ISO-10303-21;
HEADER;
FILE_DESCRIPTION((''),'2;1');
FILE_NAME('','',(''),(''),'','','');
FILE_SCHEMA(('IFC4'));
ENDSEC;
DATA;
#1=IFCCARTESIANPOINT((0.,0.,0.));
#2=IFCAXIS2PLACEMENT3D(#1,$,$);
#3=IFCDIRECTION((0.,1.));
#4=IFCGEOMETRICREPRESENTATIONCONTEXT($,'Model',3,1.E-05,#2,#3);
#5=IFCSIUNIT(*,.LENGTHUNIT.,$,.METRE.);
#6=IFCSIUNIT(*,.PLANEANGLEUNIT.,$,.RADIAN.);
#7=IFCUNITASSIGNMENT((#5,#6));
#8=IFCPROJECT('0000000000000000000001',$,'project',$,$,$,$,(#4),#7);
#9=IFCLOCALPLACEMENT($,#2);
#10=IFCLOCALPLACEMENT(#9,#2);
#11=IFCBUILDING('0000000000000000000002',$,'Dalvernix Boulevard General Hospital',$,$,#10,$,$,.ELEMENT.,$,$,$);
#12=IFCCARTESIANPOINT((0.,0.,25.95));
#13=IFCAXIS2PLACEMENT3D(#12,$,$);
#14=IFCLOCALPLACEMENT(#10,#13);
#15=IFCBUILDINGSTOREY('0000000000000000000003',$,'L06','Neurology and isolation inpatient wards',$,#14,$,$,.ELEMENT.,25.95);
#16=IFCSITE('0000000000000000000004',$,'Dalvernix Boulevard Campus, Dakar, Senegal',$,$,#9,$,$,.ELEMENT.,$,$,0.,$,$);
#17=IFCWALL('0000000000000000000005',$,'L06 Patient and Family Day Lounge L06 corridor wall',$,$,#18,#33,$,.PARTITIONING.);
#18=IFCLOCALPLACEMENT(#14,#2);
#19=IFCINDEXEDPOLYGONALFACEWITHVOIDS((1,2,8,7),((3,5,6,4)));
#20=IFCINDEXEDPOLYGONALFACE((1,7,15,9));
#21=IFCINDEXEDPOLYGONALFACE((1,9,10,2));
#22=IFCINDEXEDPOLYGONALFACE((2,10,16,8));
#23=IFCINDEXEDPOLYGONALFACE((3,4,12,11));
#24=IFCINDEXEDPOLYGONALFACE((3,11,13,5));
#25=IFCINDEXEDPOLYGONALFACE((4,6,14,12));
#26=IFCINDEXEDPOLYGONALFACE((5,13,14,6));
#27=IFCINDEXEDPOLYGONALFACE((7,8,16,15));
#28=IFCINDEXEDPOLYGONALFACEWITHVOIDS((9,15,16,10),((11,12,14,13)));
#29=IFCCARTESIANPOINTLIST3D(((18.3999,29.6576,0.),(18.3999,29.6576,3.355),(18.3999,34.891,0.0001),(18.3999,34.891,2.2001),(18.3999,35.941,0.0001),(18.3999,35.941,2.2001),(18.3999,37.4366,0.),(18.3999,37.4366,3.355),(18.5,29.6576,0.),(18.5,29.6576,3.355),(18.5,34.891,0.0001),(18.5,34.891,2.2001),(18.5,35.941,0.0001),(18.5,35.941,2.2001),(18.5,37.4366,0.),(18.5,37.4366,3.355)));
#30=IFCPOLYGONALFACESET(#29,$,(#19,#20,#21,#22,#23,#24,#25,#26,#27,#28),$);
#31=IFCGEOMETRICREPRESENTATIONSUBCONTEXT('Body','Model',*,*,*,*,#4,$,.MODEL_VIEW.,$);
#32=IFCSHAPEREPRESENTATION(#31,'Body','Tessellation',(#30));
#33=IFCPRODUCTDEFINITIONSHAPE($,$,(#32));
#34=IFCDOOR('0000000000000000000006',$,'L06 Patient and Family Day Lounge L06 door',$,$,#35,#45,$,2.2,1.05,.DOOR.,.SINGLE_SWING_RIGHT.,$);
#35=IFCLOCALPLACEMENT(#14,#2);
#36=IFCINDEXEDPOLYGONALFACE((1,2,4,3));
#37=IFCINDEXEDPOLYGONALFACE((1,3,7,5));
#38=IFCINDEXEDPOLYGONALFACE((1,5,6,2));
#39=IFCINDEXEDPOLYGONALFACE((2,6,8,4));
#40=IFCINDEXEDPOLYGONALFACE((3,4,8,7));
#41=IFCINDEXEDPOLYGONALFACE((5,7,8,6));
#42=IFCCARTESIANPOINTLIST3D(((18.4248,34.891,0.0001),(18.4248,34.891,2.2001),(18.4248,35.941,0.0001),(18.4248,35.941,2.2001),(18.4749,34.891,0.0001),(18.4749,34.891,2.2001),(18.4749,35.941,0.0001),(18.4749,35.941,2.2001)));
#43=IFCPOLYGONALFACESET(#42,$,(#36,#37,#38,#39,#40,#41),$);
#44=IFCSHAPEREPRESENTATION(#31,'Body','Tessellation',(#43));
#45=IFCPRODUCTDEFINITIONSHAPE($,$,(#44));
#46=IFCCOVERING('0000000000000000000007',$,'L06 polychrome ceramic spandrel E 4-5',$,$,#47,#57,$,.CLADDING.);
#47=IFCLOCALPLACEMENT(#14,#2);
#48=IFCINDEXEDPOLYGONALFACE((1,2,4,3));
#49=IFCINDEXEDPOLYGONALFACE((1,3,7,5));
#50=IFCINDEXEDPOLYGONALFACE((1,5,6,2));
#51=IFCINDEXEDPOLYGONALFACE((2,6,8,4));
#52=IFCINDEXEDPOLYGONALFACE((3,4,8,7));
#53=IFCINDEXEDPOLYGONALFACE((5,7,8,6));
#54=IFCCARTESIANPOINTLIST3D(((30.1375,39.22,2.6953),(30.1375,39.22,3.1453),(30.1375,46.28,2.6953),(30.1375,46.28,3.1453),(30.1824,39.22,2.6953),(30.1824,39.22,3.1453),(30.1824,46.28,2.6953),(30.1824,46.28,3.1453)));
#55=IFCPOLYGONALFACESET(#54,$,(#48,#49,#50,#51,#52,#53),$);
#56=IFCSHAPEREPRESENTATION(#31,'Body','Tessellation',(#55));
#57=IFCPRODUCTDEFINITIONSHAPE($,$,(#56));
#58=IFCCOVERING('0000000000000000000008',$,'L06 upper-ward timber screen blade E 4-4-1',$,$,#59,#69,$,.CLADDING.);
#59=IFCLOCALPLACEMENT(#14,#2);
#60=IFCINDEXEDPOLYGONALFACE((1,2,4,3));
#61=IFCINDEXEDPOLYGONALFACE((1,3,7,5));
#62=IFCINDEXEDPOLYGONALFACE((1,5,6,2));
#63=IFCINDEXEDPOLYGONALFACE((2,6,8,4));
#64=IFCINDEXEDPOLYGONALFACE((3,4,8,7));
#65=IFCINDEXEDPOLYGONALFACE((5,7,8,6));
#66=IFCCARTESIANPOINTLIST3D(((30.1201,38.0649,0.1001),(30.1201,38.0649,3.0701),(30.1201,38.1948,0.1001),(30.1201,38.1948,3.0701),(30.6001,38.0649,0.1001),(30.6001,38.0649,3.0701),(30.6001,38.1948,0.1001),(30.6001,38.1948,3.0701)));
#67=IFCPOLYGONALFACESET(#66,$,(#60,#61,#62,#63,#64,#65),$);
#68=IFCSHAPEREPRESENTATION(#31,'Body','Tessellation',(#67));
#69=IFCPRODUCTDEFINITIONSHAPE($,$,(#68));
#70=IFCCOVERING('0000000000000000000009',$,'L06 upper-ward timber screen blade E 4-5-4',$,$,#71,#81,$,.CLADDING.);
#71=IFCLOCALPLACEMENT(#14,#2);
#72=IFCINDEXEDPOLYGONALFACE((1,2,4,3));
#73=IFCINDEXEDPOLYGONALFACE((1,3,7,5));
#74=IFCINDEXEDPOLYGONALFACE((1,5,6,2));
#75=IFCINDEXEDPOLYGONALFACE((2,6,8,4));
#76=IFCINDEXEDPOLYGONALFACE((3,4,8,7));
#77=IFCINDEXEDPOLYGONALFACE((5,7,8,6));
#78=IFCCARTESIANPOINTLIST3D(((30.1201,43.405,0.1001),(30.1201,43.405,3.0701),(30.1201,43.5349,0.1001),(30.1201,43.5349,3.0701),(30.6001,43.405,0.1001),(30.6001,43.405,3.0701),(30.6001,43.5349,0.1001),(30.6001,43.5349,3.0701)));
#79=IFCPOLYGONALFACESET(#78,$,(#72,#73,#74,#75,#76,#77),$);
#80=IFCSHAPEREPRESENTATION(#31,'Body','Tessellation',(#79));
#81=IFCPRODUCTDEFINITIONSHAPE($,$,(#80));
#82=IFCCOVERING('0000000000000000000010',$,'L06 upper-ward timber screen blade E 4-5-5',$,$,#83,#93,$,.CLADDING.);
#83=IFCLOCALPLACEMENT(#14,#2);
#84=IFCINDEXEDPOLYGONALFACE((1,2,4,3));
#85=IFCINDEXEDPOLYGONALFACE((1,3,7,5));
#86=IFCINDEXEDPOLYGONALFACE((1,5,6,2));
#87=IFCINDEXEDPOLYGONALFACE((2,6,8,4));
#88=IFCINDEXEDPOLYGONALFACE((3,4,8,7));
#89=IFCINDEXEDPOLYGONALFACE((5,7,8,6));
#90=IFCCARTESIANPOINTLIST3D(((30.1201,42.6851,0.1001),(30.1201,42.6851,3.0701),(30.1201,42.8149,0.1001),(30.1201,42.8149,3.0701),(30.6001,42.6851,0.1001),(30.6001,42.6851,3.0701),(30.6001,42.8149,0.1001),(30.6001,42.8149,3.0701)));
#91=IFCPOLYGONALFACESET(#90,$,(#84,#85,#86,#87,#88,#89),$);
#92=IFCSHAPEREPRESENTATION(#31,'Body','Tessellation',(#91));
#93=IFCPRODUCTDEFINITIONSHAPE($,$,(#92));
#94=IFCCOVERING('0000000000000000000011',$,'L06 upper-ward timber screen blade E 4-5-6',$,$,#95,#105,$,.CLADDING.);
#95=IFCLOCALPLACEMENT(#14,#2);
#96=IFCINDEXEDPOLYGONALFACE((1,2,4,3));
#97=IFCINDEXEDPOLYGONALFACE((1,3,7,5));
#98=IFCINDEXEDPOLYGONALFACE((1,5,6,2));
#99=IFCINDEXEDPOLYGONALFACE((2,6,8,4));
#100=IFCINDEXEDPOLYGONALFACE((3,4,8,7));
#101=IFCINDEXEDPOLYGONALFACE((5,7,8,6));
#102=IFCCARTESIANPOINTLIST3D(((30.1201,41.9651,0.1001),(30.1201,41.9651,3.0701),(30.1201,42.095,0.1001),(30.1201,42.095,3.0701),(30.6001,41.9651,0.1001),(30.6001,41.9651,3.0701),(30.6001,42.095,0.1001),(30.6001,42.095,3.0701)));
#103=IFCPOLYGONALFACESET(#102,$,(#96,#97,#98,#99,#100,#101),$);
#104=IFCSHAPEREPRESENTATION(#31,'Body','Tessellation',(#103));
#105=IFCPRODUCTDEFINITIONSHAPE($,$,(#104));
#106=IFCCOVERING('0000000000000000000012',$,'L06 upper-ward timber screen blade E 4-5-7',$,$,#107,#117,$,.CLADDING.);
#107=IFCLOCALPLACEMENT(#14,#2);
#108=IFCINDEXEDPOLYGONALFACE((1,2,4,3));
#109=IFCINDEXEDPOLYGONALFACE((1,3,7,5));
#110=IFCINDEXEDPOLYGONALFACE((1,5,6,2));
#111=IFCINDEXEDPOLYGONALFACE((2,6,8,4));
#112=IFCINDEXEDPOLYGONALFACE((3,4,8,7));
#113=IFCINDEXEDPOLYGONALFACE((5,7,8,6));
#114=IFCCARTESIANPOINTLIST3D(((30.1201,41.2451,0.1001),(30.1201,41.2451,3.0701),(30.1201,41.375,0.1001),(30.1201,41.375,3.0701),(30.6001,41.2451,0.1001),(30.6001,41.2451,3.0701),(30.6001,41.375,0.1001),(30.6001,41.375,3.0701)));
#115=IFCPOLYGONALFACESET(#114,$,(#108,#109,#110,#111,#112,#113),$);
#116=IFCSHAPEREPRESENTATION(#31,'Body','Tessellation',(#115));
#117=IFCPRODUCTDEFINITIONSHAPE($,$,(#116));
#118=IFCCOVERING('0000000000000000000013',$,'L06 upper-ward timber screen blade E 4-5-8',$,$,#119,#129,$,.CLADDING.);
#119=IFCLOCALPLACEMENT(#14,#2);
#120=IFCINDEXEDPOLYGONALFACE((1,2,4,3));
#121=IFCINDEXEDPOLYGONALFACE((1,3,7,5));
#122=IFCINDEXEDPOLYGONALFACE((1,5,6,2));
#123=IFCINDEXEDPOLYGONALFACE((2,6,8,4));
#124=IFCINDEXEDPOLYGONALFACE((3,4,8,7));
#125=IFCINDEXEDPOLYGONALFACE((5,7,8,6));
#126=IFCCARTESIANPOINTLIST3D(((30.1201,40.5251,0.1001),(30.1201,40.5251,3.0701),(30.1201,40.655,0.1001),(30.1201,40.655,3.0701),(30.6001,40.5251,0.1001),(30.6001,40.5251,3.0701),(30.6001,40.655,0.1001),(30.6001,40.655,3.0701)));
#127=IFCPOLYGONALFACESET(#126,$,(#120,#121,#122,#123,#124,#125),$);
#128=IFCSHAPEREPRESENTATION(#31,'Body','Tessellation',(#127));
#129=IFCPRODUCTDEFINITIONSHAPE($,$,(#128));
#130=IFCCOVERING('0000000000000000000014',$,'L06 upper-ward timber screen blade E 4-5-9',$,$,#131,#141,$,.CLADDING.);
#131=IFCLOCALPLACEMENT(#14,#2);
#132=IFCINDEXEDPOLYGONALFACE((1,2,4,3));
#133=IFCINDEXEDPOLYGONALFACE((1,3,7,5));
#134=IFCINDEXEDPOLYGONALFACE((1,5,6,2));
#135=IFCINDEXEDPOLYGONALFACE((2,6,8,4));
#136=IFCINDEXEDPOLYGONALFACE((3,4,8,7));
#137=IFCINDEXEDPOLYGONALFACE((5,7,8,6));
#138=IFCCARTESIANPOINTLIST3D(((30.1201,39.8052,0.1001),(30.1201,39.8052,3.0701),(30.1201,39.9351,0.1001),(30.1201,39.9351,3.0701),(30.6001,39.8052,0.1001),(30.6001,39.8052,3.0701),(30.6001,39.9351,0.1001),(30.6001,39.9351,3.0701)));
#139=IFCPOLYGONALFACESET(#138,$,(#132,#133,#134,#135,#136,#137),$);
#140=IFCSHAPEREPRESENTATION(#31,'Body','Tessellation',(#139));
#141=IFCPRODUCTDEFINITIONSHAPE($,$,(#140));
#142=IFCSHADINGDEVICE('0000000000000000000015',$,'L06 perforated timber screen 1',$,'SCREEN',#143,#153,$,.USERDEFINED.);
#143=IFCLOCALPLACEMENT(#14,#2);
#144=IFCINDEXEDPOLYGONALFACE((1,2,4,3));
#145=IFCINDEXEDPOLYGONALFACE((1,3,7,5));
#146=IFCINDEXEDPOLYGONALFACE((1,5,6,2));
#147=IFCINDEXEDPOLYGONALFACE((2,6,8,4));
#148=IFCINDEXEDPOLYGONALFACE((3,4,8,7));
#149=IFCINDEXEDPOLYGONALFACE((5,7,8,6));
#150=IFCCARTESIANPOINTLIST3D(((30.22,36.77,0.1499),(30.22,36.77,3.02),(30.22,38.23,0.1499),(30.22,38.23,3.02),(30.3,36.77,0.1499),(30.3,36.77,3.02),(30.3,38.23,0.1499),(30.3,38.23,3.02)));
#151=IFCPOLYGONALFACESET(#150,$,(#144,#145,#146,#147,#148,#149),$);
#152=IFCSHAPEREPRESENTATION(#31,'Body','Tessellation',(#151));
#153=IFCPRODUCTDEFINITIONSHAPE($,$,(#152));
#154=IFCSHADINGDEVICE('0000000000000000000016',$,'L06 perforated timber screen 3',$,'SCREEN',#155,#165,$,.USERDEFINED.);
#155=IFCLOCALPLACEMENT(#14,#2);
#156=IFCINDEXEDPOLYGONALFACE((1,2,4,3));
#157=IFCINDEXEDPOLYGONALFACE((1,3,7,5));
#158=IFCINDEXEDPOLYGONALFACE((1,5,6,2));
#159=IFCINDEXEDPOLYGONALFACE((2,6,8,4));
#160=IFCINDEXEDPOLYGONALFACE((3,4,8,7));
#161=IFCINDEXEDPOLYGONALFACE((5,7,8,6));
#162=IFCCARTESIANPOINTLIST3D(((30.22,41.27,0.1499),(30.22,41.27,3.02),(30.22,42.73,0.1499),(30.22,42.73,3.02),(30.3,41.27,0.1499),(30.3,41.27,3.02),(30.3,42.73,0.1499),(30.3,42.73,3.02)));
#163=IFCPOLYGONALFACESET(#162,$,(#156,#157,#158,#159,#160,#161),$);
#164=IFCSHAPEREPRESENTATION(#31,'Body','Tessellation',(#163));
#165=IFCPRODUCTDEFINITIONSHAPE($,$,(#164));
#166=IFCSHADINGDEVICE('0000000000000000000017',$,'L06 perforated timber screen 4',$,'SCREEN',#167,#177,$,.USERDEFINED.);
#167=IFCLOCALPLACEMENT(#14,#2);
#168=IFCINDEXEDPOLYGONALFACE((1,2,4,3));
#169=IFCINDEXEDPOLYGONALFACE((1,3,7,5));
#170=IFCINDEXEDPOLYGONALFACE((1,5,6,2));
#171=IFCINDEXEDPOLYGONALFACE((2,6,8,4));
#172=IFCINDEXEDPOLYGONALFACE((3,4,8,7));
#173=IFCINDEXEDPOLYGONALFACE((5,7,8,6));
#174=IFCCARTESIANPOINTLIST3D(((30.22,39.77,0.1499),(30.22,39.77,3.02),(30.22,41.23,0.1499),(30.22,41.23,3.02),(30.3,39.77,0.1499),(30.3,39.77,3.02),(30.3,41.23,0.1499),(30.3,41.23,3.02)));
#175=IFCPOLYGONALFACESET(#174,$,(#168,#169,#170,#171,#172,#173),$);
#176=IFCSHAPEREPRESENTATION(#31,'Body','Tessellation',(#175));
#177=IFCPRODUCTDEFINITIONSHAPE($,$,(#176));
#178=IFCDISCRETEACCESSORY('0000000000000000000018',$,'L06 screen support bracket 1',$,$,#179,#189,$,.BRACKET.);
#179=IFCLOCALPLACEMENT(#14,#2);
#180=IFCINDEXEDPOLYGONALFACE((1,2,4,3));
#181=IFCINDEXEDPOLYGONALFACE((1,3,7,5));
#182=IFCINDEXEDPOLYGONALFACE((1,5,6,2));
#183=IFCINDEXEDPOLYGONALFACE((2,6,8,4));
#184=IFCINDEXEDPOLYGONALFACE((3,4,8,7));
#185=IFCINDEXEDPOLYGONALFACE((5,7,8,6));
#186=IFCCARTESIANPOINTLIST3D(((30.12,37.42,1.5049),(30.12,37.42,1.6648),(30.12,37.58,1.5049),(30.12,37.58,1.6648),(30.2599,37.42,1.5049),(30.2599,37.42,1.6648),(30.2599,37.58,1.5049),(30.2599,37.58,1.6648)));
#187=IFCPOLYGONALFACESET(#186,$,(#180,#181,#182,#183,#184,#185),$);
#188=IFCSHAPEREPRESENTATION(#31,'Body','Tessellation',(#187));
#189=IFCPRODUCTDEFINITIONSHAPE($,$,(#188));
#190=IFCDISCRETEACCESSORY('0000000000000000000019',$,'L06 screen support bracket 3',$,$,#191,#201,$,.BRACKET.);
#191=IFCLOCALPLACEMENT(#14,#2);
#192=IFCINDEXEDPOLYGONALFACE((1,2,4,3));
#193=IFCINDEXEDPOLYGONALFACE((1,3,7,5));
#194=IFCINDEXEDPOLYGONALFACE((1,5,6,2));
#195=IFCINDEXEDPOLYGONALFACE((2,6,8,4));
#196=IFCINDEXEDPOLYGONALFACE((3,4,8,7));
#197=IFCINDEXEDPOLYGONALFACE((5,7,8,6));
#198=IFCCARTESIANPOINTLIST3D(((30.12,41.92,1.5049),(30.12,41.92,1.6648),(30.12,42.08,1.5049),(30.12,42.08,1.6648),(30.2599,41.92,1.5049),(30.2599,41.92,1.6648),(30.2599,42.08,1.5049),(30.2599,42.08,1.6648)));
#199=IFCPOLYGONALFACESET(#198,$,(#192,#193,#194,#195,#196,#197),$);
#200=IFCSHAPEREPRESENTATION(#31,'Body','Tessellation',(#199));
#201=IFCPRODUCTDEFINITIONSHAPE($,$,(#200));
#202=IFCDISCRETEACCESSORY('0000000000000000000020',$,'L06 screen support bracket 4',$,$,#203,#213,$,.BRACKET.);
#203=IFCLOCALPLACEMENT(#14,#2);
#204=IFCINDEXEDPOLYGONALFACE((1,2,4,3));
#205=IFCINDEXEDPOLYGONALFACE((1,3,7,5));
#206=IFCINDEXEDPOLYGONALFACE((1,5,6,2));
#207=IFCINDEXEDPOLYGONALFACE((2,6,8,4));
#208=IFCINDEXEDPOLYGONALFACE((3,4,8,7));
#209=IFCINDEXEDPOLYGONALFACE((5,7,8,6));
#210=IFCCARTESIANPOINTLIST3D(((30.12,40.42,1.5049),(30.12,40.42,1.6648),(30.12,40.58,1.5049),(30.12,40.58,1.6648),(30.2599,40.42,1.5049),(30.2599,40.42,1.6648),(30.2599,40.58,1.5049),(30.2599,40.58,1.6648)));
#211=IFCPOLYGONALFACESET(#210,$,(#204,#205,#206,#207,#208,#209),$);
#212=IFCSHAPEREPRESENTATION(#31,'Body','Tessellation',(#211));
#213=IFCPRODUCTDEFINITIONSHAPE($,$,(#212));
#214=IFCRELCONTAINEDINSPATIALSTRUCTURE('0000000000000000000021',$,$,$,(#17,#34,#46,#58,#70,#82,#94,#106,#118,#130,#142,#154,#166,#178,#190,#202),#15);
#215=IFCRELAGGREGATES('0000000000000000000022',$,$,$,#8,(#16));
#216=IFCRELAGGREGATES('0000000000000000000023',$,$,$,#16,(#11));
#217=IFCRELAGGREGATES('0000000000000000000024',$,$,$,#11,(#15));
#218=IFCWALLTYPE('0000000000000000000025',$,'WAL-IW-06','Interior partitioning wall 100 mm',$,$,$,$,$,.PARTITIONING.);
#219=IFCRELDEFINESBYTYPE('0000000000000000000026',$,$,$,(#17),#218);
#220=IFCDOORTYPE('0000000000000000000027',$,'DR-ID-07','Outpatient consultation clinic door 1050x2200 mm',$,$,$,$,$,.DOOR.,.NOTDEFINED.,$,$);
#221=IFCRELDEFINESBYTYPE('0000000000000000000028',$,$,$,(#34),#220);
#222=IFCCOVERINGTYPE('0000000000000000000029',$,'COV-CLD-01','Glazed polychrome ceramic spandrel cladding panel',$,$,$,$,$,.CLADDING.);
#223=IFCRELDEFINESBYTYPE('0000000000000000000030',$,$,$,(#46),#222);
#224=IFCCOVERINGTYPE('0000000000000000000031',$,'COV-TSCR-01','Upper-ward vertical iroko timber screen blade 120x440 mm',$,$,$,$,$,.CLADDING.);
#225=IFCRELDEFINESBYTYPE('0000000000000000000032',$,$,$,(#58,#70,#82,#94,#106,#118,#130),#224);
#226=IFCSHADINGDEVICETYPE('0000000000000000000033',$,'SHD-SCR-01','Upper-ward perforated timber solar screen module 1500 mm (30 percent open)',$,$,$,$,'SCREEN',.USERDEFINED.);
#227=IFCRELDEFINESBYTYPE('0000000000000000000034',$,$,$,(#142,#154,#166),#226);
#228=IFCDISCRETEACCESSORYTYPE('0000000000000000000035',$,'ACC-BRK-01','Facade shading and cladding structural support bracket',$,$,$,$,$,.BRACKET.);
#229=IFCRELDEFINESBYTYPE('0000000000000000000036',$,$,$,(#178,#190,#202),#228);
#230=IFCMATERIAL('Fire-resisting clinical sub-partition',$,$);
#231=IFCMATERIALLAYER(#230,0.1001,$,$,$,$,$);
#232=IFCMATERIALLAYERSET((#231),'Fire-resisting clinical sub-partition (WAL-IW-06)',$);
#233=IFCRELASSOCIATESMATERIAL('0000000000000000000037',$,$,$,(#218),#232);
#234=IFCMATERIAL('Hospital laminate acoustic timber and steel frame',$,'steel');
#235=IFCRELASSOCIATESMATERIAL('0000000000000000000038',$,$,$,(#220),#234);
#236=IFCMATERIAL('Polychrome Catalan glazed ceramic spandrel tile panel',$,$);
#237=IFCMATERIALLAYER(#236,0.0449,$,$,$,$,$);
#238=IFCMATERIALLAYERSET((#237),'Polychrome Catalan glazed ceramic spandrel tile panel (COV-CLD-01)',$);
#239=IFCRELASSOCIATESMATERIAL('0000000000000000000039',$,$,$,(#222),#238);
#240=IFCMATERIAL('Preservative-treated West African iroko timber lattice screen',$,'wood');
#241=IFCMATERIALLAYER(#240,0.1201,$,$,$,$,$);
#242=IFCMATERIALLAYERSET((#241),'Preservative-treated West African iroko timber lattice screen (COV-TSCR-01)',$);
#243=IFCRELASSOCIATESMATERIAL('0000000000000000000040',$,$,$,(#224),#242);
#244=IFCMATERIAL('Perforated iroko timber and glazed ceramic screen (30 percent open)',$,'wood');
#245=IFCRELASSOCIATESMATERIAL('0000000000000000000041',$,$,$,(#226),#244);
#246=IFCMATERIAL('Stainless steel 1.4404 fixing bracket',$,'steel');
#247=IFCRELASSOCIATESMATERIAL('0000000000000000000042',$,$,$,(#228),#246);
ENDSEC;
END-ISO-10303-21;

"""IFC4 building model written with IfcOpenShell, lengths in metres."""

from ifc_helpers import new_model, si_unit, direction, frame, frame_2d, origin, origin_2d, place, context, subcontext, project, spatial, rectangle, extrude, material, layer, layer_set, type_object, element, fill, save


model = new_model("IFC4")

# Units and contexts
model_context = context("Model", 3, precision=1e-05, world=origin(), true_north=direction((0.0, 1.0)))
body_context = subcontext(model_context, "Body", "Model", "MODEL_VIEW")
ifc_project = project(units=[si_unit("LENGTHUNIT", "METRE"), si_unit("PLANEANGLEUNIT", "RADIAN")], contexts=[model_context])

# Site, building, storey
site_placement = place(None, origin())
site = spatial("IfcSite", under=ifc_project, at=site_placement, Name="Dalvernix Boulevard Campus, Dakar, Senegal", CompositionType="ELEMENT", RefElevation=0.0)
building_placement = place(site_placement, origin())
building = spatial("IfcBuilding", under=site, at=building_placement, Name="Dalvernix Boulevard General Hospital", CompositionType="ELEMENT")
storey_placement = place(building_placement, frame((0.0, 0.0, 25.95)))
storey = spatial("IfcBuildingStorey", under=building, at=storey_placement, Name="L06", Description="Neurology and isolation inpatient wards", CompositionType="ELEMENT", Elevation=25.95)

# Shared definitions
ifc_material_1 = material(Name="Hospital laminate acoustic timber and steel frame", Category="steel")

# Wall, opening, door
ifc_material_2 = material(Name="Fire-resisting clinical sub-partition")
ifc_layer_1 = layer(ifc_material_2, 0.1001)
ifc_layer_set_1 = layer_set([ifc_layer_1], Name="Fire-resisting clinical sub-partition (WAL-IW-06)")
wall_type_1 = type_object("IfcWallType", Name="WAL-IW-06", Description="Interior partitioning wall 100 mm", PredefinedType="PARTITIONING", material=ifc_layer_set_1)
wall_1_placement = place(storey_placement, frame((18.45, 37.4368, 0.0), z_axis=(0.0, 0.0, 1.0), x_axis=(0.0, -1.0, 0.0)))
wall_1 = element("IfcWall", 1, at=wall_1_placement, inside=storey, type_object=wall_type_1, Name="L06 Patient and Family Day Lounge L06 corridor wall", PredefinedType="PARTITIONING", context=body_context, shape_type="SweptSolid", body=[
    extrude(rectangle(XDim=7.7791, YDim=0.1001, at=frame_2d((3.8896, 0.0))), origin(), (0.0, 0.0, 1.0), 3.355),
])
opening_1_placement = place(wall_1_placement, frame((1.4958, 0.0, 0.0)))
opening_1 = element("IfcOpeningElement", 2, at=opening_1_placement, cuts=wall_1, PredefinedType="OPENING", context=body_context, shape_type="SweptSolid", body=[
    extrude(rectangle(XDim=1.05, YDim=2.2, at=frame_2d((0.5249, 1.1001))), frame((0.0, 0.0601, 0.0), z_axis=(0.0, -1.0, 0.0), x_axis=(1.0, 0.0, 0.0)), (0.0, 0.0, 1.0), 0.1201),
])
door_type_1 = type_object("IfcDoorType", Name="DR-ID-07", Description="Outpatient consultation clinic door 1050x2200 mm", OperationType="NOTDEFINED", PredefinedType="DOOR", material=ifc_material_1)
door_1_placement = place(opening_1_placement, origin())
door_1 = element("IfcDoor", 3, at=door_1_placement, inside=storey, type_object=door_type_1, Name="L06 Patient and Family Day Lounge L06 door", OperationType="SINGLE_SWING_RIGHT", OverallHeight=2.2, OverallWidth=1.05, PredefinedType="DOOR", context=body_context, shape_type="SweptSolid", body=[
    extrude(rectangle(XDim=1.05, YDim=2.2, at=frame_2d((0.5249, 1.1001))), frame((0.0, 0.0249, 0.0), z_axis=(0.0, -1.0, 0.0), x_axis=(1.0, 0.0, 0.0)), (0.0, 0.0, 1.0), 0.05),
])
fill(opening_1, door_1)

# Coverings
ifc_material_3 = material(Name="Polychrome Catalan glazed ceramic spandrel tile panel")
ifc_layer_2 = layer(ifc_material_3, 0.0449)
ifc_layer_set_2 = layer_set([ifc_layer_2], Name="Polychrome Catalan glazed ceramic spandrel tile panel (COV-CLD-01)")
covering_type_1 = type_object("IfcCoveringType", Name="COV-CLD-01", Description="Glazed polychrome ceramic spandrel cladding panel", PredefinedType="CLADDING", material=ifc_layer_set_2)
covering_placement = place(storey_placement, frame((30.1599, 42.75, 2.6953), z_axis=(0.0, 0.0, 1.0), x_axis=(0.0, -1.0, 0.0)))
element("IfcCovering", 4, at=covering_placement, inside=storey, type_object=covering_type_1, Name="L06 polychrome ceramic spandrel E 4-5", PredefinedType="CLADDING", context=body_context, shape_type="SweptSolid", body=[
    extrude(rectangle(XDim=7.0601, YDim=0.0449, at=origin_2d()), origin(), (0.0, 0.0, 1.0), 0.45),
])
ifc_material_4 = material(Name="Preservative-treated West African iroko timber lattice screen", Category="wood")
ifc_layer_3 = layer(ifc_material_4, 0.1201)
ifc_layer_set_3 = layer_set([ifc_layer_3], Name="Preservative-treated West African iroko timber lattice screen (COV-TSCR-01)")
covering_type_2 = type_object("IfcCoveringType", Name="COV-TSCR-01", Description="Upper-ward vertical iroko timber screen blade 120x440 mm", PredefinedType="CLADDING", material=ifc_layer_set_3)
for number, where, z_axis, x_axis, name in (
    (5, (30.3601, 38.1299, 0.1001), (0.0, 0.0, 1.0), (0.0, -1.0, 0.0), "L06 upper-ward timber screen blade E 4-4-1"),
    (6, (30.3601, 43.47, 0.1001), (0.0, 0.0, 1.0), (0.0, -1.0, 0.0), "L06 upper-ward timber screen blade E 4-5-4"),
    (7, (30.3601, 42.75, 0.1001), (0.0, 0.0, 1.0), (0.0, -1.0, 0.0), "L06 upper-ward timber screen blade E 4-5-5"),
    (8, (30.3601, 42.03, 0.1001), (0.0, 0.0, 1.0), (0.0, -1.0, 0.0), "L06 upper-ward timber screen blade E 4-5-6"),
    (9, (30.3601, 41.3101, 0.1001), (0.0, 0.0, 1.0), (0.0, -1.0, 0.0), "L06 upper-ward timber screen blade E 4-5-7"),
    (10, (30.3601, 40.5901, 0.1001), (0.0, 0.0, 1.0), (0.0, -1.0, 0.0), "L06 upper-ward timber screen blade E 4-5-8"),
    (11, (30.3601, 39.8701, 0.1001), (0.0, 0.0, 1.0), (0.0, -1.0, 0.0), "L06 upper-ward timber screen blade E 4-5-9"),
):
    element("IfcCovering", number, at=place(storey_placement, frame(where, z_axis=z_axis, x_axis=x_axis)), inside=storey, type_object=covering_type_2, Name=name, PredefinedType="CLADDING", context=body_context, shape_type="SweptSolid", body=[
        extrude(rectangle(XDim=0.1299, YDim=0.48, at=origin_2d()), origin(), (0.0, 0.0, 1.0), 2.97),
    ])

# Shading devices
ifc_material_5 = material(Name="Perforated iroko timber and glazed ceramic screen (30 percent open)", Category="wood")
shading_device_type = type_object("IfcShadingDeviceType", Name="SHD-SCR-01", Description="Upper-ward perforated timber solar screen module 1500 mm (30 percent open)", ElementType="SCREEN", PredefinedType="USERDEFINED", material=ifc_material_5)
for number, where, z_axis, x_axis, name in (
    (12, (30.26, 37.5, 0.1499), (0.0, 0.0, 1.0), (0.0, -1.0, 0.0), "L06 perforated timber screen 1"),
    (13, (30.26, 42.0, 0.1499), (0.0, 0.0, 1.0), (0.0, -1.0, 0.0), "L06 perforated timber screen 3"),
    (14, (30.26, 40.5, 0.1499), (0.0, 0.0, 1.0), (0.0, -1.0, 0.0), "L06 perforated timber screen 4"),
):
    element("IfcShadingDevice", number, at=place(storey_placement, frame(where, z_axis=z_axis, x_axis=x_axis)), inside=storey, type_object=shading_device_type, Name=name, ObjectType="SCREEN", PredefinedType="USERDEFINED", context=body_context, shape_type="SweptSolid", body=[
        extrude(rectangle(XDim=1.46, YDim=0.0801, at=origin_2d()), origin(), (0.0, 0.0, 1.0), 2.8701),
    ])

# Discrete accessories
ifc_material_6 = material(Name="Stainless steel 1.4404 fixing bracket", Category="steel")
discrete_accessory_type = type_object("IfcDiscreteAccessoryType", Name="ACC-BRK-01", Description="Facade shading and cladding structural support bracket", PredefinedType="BRACKET", material=ifc_material_6)
for number, where, z_axis, x_axis, name in (
    (15, (30.1899, 37.5, 1.5049), (0.0, 0.0, 1.0), (0.0, -1.0, 0.0), "L06 screen support bracket 1"),
    (16, (30.1899, 42.0, 1.5049), (0.0, 0.0, 1.0), (0.0, -1.0, 0.0), "L06 screen support bracket 3"),
    (17, (30.1899, 40.5, 1.5049), (0.0, 0.0, 1.0), (0.0, -1.0, 0.0), "L06 screen support bracket 4"),
):
    element("IfcDiscreteAccessory", number, at=place(storey_placement, frame(where, z_axis=z_axis, x_axis=x_axis)), inside=storey, type_object=discrete_accessory_type, Name=name, PredefinedType="BRACKET", context=body_context, shape_type="SweptSolid", body=[
        extrude(rectangle(XDim=0.1599, YDim=0.1399, at=origin_2d()), origin(), (0.0, 0.0, 1.0), 0.1599),
    ])

save(model, "model.ifc")
